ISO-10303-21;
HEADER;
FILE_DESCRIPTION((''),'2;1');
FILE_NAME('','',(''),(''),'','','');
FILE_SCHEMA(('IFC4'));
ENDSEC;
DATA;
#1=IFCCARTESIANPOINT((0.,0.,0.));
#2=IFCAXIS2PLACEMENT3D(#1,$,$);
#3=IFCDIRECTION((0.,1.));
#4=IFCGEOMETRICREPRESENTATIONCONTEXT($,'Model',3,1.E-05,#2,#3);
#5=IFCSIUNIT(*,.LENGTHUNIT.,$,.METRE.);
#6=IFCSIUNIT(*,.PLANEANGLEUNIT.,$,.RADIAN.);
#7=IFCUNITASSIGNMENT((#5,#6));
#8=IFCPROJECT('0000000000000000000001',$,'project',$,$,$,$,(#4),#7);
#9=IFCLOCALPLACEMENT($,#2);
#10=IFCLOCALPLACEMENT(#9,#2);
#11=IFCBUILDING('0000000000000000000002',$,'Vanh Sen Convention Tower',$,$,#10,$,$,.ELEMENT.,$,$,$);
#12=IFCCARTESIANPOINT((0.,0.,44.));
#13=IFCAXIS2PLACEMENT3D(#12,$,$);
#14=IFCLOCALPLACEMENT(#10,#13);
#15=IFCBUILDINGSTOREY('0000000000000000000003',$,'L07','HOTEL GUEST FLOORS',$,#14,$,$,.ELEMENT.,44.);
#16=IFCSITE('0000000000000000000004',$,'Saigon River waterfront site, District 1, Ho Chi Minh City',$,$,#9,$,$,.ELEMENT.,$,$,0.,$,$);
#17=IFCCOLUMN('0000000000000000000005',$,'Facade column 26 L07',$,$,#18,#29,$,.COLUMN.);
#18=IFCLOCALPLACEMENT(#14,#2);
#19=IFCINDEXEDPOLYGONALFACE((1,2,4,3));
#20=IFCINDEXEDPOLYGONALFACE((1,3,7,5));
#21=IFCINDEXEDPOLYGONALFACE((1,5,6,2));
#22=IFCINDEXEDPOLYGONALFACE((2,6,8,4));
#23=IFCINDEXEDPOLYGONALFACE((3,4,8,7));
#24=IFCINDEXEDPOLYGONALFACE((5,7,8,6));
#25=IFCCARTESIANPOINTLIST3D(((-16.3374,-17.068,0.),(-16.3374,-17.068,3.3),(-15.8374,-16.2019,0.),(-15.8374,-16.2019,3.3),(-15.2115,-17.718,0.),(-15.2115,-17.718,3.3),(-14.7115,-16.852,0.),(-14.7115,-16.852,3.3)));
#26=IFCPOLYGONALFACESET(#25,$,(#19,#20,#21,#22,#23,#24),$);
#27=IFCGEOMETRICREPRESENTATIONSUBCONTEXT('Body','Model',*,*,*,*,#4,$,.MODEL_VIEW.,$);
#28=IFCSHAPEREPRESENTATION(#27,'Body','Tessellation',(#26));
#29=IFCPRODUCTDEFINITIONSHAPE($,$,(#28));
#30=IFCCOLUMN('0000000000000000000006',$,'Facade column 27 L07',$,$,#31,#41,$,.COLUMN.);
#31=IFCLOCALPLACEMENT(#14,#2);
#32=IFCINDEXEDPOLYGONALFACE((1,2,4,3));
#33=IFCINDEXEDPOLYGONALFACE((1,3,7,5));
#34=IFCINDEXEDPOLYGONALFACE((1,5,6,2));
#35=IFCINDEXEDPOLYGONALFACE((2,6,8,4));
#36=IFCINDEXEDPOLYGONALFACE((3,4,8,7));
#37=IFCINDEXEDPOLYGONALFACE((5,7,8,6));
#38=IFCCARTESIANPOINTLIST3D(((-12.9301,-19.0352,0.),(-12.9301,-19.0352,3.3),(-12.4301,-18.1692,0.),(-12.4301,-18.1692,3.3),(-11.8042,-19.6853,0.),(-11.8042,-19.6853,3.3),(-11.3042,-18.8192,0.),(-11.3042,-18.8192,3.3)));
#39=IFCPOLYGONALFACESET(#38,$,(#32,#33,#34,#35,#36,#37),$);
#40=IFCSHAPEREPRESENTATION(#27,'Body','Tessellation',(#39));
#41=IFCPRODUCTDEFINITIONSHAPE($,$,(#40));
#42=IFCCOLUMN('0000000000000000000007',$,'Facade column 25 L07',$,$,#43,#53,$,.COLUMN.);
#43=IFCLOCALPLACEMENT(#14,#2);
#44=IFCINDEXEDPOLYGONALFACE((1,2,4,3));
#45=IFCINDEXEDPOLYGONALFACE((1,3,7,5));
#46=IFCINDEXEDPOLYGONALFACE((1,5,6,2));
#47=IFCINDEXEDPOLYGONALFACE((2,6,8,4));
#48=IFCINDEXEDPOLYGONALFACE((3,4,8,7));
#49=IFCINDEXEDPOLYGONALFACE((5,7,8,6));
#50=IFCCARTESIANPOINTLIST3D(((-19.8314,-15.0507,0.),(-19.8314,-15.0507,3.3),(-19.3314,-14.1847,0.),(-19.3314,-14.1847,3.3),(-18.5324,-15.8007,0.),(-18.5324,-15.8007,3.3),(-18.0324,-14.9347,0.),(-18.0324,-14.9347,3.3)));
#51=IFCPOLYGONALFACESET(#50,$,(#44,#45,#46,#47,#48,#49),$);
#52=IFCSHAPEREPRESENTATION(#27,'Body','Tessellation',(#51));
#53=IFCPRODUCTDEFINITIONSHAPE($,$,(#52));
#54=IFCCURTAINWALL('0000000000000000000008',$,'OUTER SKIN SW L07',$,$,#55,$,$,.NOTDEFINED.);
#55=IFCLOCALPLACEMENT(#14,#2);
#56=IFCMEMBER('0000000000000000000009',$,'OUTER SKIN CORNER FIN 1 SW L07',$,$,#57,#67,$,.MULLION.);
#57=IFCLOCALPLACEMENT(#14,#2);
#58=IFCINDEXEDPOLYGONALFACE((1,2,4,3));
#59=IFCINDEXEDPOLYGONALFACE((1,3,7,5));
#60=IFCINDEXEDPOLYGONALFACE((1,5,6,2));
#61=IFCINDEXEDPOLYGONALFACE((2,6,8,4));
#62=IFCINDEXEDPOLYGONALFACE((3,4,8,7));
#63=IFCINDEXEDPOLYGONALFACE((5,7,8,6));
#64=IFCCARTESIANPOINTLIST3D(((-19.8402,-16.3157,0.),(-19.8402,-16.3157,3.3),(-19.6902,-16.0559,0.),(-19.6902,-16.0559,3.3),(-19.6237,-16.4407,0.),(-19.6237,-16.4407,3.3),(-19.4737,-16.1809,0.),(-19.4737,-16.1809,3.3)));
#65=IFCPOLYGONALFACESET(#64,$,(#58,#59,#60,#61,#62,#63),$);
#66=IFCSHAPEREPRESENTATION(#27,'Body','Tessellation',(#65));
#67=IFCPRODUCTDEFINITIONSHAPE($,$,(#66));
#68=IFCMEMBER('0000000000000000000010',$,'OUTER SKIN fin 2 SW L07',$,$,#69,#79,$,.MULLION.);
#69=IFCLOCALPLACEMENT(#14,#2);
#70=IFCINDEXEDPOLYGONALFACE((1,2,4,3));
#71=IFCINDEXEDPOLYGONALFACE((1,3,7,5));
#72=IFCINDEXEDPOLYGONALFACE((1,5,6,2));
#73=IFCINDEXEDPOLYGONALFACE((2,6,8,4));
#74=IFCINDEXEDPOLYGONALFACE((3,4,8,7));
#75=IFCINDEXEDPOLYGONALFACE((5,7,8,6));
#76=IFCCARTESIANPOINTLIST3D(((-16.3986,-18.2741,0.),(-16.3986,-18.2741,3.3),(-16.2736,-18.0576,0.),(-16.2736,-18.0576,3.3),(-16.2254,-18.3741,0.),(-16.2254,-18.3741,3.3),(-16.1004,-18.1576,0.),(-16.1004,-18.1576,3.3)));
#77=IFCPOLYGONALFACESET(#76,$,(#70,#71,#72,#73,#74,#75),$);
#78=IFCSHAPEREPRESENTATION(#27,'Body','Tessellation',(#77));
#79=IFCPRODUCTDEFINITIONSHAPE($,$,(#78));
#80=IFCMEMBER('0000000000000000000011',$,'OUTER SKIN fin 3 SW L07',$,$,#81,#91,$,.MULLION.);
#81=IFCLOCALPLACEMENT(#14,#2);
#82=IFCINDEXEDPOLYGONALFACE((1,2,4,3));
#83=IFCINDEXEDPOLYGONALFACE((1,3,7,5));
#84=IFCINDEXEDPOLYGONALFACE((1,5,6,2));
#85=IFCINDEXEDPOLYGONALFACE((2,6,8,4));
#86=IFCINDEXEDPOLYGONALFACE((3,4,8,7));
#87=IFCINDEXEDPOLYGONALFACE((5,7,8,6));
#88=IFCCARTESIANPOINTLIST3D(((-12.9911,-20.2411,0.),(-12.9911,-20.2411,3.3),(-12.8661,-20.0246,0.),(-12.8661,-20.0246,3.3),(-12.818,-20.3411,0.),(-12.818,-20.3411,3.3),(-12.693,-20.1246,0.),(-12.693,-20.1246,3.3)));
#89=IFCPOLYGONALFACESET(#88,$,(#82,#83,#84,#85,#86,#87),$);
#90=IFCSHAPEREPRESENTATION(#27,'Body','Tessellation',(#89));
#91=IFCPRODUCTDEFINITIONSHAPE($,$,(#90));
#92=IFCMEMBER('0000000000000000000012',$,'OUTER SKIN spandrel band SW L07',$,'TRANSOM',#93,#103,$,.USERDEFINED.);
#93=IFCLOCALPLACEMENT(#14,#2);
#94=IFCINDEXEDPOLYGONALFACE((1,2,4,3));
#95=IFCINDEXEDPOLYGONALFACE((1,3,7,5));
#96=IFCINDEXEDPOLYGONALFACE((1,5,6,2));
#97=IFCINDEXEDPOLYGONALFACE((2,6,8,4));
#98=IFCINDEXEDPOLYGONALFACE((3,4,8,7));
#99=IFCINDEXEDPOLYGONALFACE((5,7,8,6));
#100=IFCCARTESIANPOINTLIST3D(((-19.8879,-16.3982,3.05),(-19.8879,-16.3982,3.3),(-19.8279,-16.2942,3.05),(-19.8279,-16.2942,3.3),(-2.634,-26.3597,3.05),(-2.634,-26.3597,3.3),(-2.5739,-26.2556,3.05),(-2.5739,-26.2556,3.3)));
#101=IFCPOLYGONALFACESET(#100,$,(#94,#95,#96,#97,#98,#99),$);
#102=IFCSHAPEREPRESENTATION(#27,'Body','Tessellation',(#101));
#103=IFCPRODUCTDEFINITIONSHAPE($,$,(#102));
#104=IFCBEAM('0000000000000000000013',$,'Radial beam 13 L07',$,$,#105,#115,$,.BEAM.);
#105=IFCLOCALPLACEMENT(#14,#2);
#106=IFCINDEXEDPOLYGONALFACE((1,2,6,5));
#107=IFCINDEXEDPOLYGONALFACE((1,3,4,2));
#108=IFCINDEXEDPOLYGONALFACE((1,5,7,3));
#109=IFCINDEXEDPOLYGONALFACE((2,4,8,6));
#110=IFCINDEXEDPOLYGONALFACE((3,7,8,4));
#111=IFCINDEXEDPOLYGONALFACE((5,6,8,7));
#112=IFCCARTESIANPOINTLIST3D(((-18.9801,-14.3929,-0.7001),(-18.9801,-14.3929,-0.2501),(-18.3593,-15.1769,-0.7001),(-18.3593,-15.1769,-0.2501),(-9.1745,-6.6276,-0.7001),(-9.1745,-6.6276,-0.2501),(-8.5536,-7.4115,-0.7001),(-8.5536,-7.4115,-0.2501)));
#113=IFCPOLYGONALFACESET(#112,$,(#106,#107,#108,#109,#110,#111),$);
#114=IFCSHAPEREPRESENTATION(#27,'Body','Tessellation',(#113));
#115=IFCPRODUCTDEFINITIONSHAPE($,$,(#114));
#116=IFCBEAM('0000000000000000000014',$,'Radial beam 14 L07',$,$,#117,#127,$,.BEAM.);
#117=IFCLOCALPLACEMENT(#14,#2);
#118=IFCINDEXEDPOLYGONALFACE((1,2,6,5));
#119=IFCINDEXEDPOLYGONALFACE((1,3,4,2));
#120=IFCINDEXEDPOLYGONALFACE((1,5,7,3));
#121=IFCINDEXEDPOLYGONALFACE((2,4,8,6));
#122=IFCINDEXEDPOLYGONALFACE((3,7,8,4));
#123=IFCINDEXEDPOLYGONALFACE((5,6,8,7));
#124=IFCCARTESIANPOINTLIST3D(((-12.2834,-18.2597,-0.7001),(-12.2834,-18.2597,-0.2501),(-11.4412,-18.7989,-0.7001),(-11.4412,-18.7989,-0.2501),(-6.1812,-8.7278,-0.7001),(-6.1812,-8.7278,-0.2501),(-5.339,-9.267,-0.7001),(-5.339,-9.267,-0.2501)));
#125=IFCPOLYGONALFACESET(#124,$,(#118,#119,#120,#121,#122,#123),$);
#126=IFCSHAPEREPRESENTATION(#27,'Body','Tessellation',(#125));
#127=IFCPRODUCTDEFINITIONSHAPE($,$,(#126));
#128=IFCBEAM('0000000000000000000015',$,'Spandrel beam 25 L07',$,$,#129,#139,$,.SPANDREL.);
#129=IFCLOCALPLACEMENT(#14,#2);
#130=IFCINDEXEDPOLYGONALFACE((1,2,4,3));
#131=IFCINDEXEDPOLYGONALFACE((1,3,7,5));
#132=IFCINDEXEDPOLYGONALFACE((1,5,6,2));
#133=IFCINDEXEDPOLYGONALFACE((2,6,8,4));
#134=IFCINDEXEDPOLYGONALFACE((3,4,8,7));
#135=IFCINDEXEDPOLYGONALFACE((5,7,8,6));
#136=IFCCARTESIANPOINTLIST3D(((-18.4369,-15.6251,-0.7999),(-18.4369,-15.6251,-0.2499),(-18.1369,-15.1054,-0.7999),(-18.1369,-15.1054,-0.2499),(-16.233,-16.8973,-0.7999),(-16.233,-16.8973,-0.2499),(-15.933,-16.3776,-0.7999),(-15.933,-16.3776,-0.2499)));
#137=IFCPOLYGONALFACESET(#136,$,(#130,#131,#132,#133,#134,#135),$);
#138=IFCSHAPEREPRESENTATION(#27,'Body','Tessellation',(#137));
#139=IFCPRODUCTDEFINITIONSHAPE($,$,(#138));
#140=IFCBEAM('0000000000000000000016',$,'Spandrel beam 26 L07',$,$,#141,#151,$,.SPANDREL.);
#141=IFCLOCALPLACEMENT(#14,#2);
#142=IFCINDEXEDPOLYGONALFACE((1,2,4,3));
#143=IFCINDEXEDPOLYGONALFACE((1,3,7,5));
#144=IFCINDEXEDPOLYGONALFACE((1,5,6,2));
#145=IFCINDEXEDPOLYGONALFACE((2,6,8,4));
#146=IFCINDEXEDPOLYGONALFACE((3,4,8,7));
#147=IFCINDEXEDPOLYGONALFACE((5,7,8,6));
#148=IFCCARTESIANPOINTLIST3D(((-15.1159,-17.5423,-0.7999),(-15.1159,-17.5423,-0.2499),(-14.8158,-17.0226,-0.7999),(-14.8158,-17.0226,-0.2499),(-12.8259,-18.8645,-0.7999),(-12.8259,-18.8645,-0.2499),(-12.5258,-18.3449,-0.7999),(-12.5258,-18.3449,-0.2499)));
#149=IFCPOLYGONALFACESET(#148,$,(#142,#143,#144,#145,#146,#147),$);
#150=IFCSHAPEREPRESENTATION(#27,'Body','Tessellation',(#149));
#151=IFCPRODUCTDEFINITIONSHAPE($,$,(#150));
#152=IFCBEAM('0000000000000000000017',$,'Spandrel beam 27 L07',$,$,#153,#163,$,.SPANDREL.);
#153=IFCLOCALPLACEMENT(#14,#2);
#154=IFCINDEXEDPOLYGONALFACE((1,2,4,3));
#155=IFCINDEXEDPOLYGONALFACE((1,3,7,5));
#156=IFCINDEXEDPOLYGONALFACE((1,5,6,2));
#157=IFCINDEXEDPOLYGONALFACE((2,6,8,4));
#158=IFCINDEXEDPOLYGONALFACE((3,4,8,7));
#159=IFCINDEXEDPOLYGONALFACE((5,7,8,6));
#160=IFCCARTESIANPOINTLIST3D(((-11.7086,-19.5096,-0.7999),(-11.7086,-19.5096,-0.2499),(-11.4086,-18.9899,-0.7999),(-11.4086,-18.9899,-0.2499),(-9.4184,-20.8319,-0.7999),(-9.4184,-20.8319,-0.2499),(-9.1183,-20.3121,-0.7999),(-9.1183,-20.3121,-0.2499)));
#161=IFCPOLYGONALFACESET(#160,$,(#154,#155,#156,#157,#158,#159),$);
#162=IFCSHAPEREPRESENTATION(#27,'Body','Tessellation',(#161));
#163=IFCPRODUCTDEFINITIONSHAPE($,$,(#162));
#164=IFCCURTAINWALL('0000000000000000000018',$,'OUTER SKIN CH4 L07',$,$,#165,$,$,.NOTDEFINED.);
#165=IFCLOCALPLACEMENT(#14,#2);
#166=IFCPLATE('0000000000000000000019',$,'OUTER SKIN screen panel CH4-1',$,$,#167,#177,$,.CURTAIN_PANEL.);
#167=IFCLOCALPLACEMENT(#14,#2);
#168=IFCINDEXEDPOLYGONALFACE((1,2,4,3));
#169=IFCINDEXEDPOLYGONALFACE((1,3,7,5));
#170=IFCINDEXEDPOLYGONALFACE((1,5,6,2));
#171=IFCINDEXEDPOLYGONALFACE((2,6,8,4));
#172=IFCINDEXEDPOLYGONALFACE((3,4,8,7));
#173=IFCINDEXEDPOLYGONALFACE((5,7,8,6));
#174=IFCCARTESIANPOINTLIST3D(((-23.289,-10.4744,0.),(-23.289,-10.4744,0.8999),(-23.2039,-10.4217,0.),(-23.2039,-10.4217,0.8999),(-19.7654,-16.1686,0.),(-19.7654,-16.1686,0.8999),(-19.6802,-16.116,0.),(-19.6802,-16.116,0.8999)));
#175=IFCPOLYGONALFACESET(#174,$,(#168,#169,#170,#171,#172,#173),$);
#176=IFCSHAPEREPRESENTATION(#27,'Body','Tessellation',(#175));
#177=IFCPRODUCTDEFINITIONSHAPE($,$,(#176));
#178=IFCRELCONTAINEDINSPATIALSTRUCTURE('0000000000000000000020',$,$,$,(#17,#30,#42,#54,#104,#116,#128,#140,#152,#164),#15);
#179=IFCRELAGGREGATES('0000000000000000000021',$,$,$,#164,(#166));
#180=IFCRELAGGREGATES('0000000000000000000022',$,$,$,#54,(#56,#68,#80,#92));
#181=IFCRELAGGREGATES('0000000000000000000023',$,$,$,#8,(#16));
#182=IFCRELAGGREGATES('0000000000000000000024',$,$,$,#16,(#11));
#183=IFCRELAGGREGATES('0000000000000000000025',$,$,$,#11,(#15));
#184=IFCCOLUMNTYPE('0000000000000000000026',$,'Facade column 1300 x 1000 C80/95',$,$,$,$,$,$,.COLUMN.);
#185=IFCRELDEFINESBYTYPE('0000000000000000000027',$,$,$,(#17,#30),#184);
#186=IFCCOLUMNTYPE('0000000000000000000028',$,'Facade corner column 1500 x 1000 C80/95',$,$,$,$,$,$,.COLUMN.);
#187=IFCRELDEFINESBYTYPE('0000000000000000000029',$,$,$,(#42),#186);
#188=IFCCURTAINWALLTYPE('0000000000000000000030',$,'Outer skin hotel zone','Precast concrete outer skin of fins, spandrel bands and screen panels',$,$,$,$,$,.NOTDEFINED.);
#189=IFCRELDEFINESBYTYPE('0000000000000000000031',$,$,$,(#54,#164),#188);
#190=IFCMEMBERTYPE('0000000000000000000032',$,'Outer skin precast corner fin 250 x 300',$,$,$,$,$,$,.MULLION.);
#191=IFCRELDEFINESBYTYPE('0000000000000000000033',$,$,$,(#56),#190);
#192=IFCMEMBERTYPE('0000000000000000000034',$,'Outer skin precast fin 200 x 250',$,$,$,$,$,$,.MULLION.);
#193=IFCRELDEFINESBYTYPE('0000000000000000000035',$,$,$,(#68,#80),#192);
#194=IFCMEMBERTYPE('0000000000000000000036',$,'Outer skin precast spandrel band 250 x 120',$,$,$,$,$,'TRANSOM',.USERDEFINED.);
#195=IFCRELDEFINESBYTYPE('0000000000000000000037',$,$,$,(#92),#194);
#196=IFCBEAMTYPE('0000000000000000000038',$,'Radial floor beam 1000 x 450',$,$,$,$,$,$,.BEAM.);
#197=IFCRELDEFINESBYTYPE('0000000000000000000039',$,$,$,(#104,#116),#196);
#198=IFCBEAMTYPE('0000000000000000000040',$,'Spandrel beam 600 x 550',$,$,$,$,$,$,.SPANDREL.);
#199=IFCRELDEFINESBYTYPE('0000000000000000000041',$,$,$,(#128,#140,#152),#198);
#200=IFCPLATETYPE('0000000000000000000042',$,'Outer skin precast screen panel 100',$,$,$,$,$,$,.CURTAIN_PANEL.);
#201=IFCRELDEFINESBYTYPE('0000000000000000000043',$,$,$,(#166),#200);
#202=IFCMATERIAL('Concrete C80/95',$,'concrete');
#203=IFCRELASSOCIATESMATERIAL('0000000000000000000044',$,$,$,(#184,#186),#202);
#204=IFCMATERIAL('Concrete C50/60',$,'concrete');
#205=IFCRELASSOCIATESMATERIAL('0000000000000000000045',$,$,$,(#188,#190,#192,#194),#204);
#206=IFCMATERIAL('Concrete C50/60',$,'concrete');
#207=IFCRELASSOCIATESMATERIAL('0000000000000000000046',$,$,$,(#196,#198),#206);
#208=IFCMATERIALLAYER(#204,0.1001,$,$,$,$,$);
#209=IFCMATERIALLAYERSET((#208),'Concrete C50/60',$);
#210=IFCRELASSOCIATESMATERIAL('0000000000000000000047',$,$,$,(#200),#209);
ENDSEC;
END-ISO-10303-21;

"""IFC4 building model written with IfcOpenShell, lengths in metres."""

from ifc_helpers import new_model, si_unit, direction, frame, origin, origin_2d, place, context, subcontext, project, spatial, rectangle, extrude, material, layer, layer_set, material_profile, profile_set, type_object, element, aggregate, save


model = new_model("IFC4")

# Units and contexts
model_context = context("Model", 3, precision=1e-05, world=origin(), true_north=direction((0.0, 1.0)))
body_context = subcontext(model_context, "Body", "Model", "MODEL_VIEW")
ifc_project = project(units=[si_unit("LENGTHUNIT", "METRE"), si_unit("PLANEANGLEUNIT", "RADIAN")], contexts=[model_context])

# Site, building, storey
site_placement = place(None, origin())
site = spatial("IfcSite", under=ifc_project, at=site_placement, Name="Saigon River waterfront site, District 1, Ho Chi Minh City", CompositionType="ELEMENT", RefElevation=0.0)
building_placement = place(site_placement, origin())
building = spatial("IfcBuilding", under=site, at=building_placement, Name="Vanh Sen Convention Tower", CompositionType="ELEMENT")
storey_placement = place(building_placement, frame((0.0, 0.0, 44.0)))
storey = spatial("IfcBuildingStorey", under=building, at=storey_placement, Name="L07", Description="HOTEL GUEST FLOORS", CompositionType="ELEMENT", Elevation=44.0)

# Columns
ifc_material_1 = material(Name="Concrete C80/95", Category="concrete")
ifc_material_profile_1 = material_profile(ifc_material_1, rectangle(XDim=1.3, YDim=1.0, at=origin_2d()), Name="RC 1300X1000")
ifc_profile_set_1 = profile_set([ifc_material_profile_1], Name="Concrete C80/95")
column_type_1 = type_object("IfcColumnType", Name="Facade column 1300 x 1000 C80/95", PredefinedType="COLUMN", material=ifc_profile_set_1)
for number, where, z_axis, x_axis, name in (
    (1, (-15.5244, -16.96, 0.0), (0.0, 0.0, 1.0), (0.866025, -0.5, 0.0), "Facade column 26 L07"),
    (2, (-12.1172, -18.9272, 0.0), (0.0, 0.0, 1.0), (0.866025, -0.5, 0.0), "Facade column 27 L07"),
):
    element("IfcColumn", number, at=place(storey_placement, frame(where, z_axis=z_axis, x_axis=x_axis)), inside=storey, type_object=column_type_1, Name=name, PredefinedType="COLUMN", context=body_context, shape_type="SweptSolid", body=[
        extrude(rectangle(XDim=1.3, YDim=1.0, at=origin_2d()), origin(), (0.0, 0.0, 1.0), 3.3),
    ])
ifc_material_profile_2 = material_profile(ifc_material_1, rectangle(XDim=1.5, YDim=1.0, at=origin_2d()), Name="RC 1500X1000")
ifc_profile_set_2 = profile_set([ifc_material_profile_2], Name="Concrete C80/95")
column_type_2 = type_object("IfcColumnType", Name="Facade corner column 1500 x 1000 C80/95", PredefinedType="COLUMN", material=ifc_profile_set_2)
column_placement = place(storey_placement, frame((-18.9319, -14.9927, 0.0), z_axis=(0.0, 0.0, 1.0), x_axis=(0.866025, -0.5, 0.0)))
element("IfcColumn", 3, at=column_placement, inside=storey, type_object=column_type_2, Name="Facade column 25 L07", PredefinedType="COLUMN", context=body_context, shape_type="SweptSolid", body=[
    extrude(rectangle(XDim=1.5, YDim=1.0, at=origin_2d()), origin(), (0.0, 0.0, 1.0), 3.3),
])

# Curtain wall, members
ifc_material_2 = material(Name="Concrete C50/60", Category="concrete")
curtain_wall_type = type_object("IfcCurtainWallType", Name="Outer skin hotel zone", Description="Precast concrete outer skin of fins, spandrel bands and screen panels", PredefinedType="NOTDEFINED", material=ifc_material_2)
curtain_wall_1_placement = place(storey_placement, origin())
curtain_wall_1 = element("IfcCurtainWall", 4, at=curtain_wall_1_placement, inside=storey, type_object=curtain_wall_type, Name="OUTER SKIN SW L07", PredefinedType="NOTDEFINED")
ifc_material_profile_3 = material_profile(ifc_material_2, rectangle(XDim=0.25, YDim=0.3, at=origin_2d()), Name="Outer skin precast corner fin 250 x 300")
ifc_profile_set_3 = profile_set([ifc_material_profile_3], Name="Concrete C50/60")
member_type_1 = type_object("IfcMemberType", Name="Outer skin precast corner fin 250 x 300", PredefinedType="MULLION", material=ifc_profile_set_3)
member_1_placement = place(storey_placement, frame((-19.657, -16.2483, 0.0), z_axis=(0.0, 0.0, 1.0), x_axis=(0.866025, -0.5, 0.0)))
member_1 = element("IfcMember", 5, at=member_1_placement, type_object=member_type_1, Name="OUTER SKIN CORNER FIN 1 SW L07", PredefinedType="MULLION", context=body_context, shape_type="SweptSolid", body=[
    extrude(rectangle(XDim=0.25, YDim=0.3, at=origin_2d()), origin(), (0.0, 0.0, 1.0), 3.3),
])
ifc_material_profile_4 = material_profile(ifc_material_2, rectangle(XDim=0.2, YDim=0.25, at=origin_2d()), Name="Outer skin precast fin 200 x 250")
ifc_profile_set_4 = profile_set([ifc_material_profile_4], Name="Concrete C50/60")
member_type_2 = type_object("IfcMemberType", Name="Outer skin precast fin 200 x 250", PredefinedType="MULLION", material=ifc_profile_set_4)
member_2_placement = place(storey_placement, frame((-16.2495, -18.2158, 0.0), z_axis=(0.0, 0.0, 1.0), x_axis=(0.866025, -0.5, 0.0)))
member_2 = element("IfcMember", 6, at=member_2_placement, type_object=member_type_2, Name="OUTER SKIN fin 2 SW L07", PredefinedType="MULLION", context=body_context, shape_type="SweptSolid", body=[
    extrude(rectangle(XDim=0.2, YDim=0.25, at=origin_2d()), origin(), (0.0, 0.0, 1.0), 3.3),
])
member_3_placement = place(storey_placement, frame((-12.842, -20.1829, 0.0), z_axis=(0.0, 0.0, 1.0), x_axis=(0.866025, -0.5, 0.0)))
member_3 = element("IfcMember", 7, at=member_3_placement, type_object=member_type_2, Name="OUTER SKIN fin 3 SW L07", PredefinedType="MULLION", context=body_context, shape_type="SweptSolid", body=[
    extrude(rectangle(XDim=0.2, YDim=0.25, at=origin_2d()), origin(), (0.0, 0.0, 1.0), 3.3),
])
ifc_material_profile_5 = material_profile(ifc_material_2, rectangle(XDim=0.1201, YDim=0.25, at=origin_2d()), Name="Outer skin precast spandrel band 250 x 120")
ifc_profile_set_5 = profile_set([ifc_material_profile_5], Name="Concrete C50/60")
member_type_3 = type_object("IfcMemberType", Name="Outer skin precast spandrel band 250 x 120", ElementType="TRANSOM", PredefinedType="USERDEFINED", material=ifc_profile_set_5)
member_4_placement = place(storey_placement, frame((-19.8579, -16.3462, 3.175), z_axis=(0.866028, -0.499995, 0.0), x_axis=(0.499995, 0.866028, 0.0)))
member_4 = element("IfcMember", 8, at=member_4_placement, type_object=member_type_3, Name="OUTER SKIN spandrel band SW L07", ObjectType="TRANSOM", PredefinedType="USERDEFINED", context=body_context, shape_type="SweptSolid", body=[
    extrude(rectangle(XDim=0.1201, YDim=0.25, at=origin_2d()), origin(), (0.0, 0.0, 1.0), 19.9231),
])

# Beams
ifc_material_3 = material(Name="Concrete C50/60", Category="concrete")
ifc_material_profile_6 = material_profile(ifc_material_3, rectangle(XDim=1.0, YDim=0.45, at=origin_2d()), Name="RC 1000X450")
ifc_profile_set_6 = profile_set([ifc_material_profile_6], Name="Concrete C50/60")
beam_type_1 = type_object("IfcBeamType", Name="Radial floor beam 1000 x 450", PredefinedType="BEAM", material=ifc_profile_set_6)
beam_1_placement = place(storey_placement, frame((-18.6697, -14.7849, -0.4751), z_axis=(0.783946, 0.620829, 0.0), x_axis=(-0.620829, 0.783946, 0.0)))
element("IfcBeam", 9, at=beam_1_placement, inside=storey, type_object=beam_type_1, Name="Radial beam 13 L07", PredefinedType="BEAM", context=body_context, shape_type="SweptSolid", body=[
    extrude(rectangle(XDim=1.0, YDim=0.45, at=origin_2d()), origin(), (0.0, 0.0, 1.0), 12.5081),
])
beam_2_placement = place(storey_placement, frame((-11.8623, -18.5293, -0.4751), z_axis=(0.539168, 0.842198, 0.0), x_axis=(-0.842198, 0.539168, 0.0)))
element("IfcBeam", 10, at=beam_2_placement, inside=storey, type_object=beam_type_1, Name="Radial beam 14 L07", PredefinedType="BEAM", context=body_context, shape_type="SweptSolid", body=[
    extrude(rectangle(XDim=1.0, YDim=0.45, at=origin_2d()), origin(), (0.0, 0.0, 1.0), 11.3179),
])
ifc_material_profile_7 = material_profile(ifc_material_3, rectangle(XDim=0.6001, YDim=0.55, at=origin_2d()), Name="RC 600X550")
ifc_profile_set_7 = profile_set([ifc_material_profile_7], Name="Concrete C50/60")
beam_type_2 = type_object("IfcBeamType", Name="Spandrel beam 600 x 550", PredefinedType="SPANDREL", material=ifc_profile_set_7)
beam_3_placement = place(storey_placement, frame((-18.2869, -15.3652, -0.5249), z_axis=(0.866056, -0.499947, 0.0), x_axis=(0.499947, 0.866056, 0.0)))
element("IfcBeam", 11, at=beam_3_placement, inside=storey, type_object=beam_type_2, Name="Spandrel beam 25 L07", PredefinedType="SPANDREL", context=body_context, shape_type="SweptSolid", body=[
    extrude(rectangle(XDim=0.6001, YDim=0.55, at=origin_2d()), origin(), (0.0, 0.0, 1.0), 2.5447),
])
beam_4_placement = place(storey_placement, frame((-14.9658, -17.2825, -0.5249), z_axis=(0.866007, -0.500031, 0.0), x_axis=(0.500031, 0.866007, 0.0)))
element("IfcBeam", 12, at=beam_4_placement, inside=storey, type_object=beam_type_2, Name="Spandrel beam 26 L07", PredefinedType="SPANDREL", context=body_context, shape_type="SweptSolid", body=[
    extrude(rectangle(XDim=0.6001, YDim=0.55, at=origin_2d()), origin(), (0.0, 0.0, 1.0), 2.6443),
])
beam_5_placement = place(storey_placement, frame((-11.5586, -19.2498, -0.5249), z_axis=(0.86603, -0.499991, 0.0), x_axis=(0.499991, 0.86603, 0.0)))
element("IfcBeam", 13, at=beam_5_placement, inside=storey, type_object=beam_type_2, Name="Spandrel beam 27 L07", PredefinedType="SPANDREL", context=body_context, shape_type="SweptSolid", body=[
    extrude(rectangle(XDim=0.6001, YDim=0.55, at=origin_2d()), origin(), (0.0, 0.0, 1.0), 2.6445),
])

# Curtain wall, plate
curtain_wall_2_placement = place(storey_placement, origin())
curtain_wall_2 = element("IfcCurtainWall", 14, at=curtain_wall_2_placement, inside=storey, type_object=curtain_wall_type, Name="OUTER SKIN CH4 L07", PredefinedType="NOTDEFINED")
ifc_layer_1 = layer(ifc_material_2, 0.1001)
ifc_layer_set_1 = layer_set([ifc_layer_1], Name="Concrete C50/60")
plate_type = type_object("IfcPlateType", Name="Outer skin precast screen panel 100", PredefinedType="CURTAIN_PANEL", material=ifc_layer_set_1)
plate_1_placement = place(storey_placement, frame((-21.4846, -13.2952, 0.0), z_axis=(0.0, 0.0, 1.0), x_axis=(0.526205, -0.850358, 0.0)))
plate_1 = element("IfcPlate", 15, at=plate_1_placement, type_object=plate_type, Name="OUTER SKIN screen panel CH4-1", PredefinedType="CURTAIN_PANEL", context=body_context, shape_type="SweptSolid", body=[
    extrude(rectangle(XDim=6.6963, YDim=0.1001, at=origin_2d()), origin(), (0.0, 0.0, 1.0), 0.8999),
])
aggregate(curtain_wall_2, [plate_1])

aggregate(curtain_wall_1, [member_1, member_2, member_3, member_4])

save(model, "model.ifc")
